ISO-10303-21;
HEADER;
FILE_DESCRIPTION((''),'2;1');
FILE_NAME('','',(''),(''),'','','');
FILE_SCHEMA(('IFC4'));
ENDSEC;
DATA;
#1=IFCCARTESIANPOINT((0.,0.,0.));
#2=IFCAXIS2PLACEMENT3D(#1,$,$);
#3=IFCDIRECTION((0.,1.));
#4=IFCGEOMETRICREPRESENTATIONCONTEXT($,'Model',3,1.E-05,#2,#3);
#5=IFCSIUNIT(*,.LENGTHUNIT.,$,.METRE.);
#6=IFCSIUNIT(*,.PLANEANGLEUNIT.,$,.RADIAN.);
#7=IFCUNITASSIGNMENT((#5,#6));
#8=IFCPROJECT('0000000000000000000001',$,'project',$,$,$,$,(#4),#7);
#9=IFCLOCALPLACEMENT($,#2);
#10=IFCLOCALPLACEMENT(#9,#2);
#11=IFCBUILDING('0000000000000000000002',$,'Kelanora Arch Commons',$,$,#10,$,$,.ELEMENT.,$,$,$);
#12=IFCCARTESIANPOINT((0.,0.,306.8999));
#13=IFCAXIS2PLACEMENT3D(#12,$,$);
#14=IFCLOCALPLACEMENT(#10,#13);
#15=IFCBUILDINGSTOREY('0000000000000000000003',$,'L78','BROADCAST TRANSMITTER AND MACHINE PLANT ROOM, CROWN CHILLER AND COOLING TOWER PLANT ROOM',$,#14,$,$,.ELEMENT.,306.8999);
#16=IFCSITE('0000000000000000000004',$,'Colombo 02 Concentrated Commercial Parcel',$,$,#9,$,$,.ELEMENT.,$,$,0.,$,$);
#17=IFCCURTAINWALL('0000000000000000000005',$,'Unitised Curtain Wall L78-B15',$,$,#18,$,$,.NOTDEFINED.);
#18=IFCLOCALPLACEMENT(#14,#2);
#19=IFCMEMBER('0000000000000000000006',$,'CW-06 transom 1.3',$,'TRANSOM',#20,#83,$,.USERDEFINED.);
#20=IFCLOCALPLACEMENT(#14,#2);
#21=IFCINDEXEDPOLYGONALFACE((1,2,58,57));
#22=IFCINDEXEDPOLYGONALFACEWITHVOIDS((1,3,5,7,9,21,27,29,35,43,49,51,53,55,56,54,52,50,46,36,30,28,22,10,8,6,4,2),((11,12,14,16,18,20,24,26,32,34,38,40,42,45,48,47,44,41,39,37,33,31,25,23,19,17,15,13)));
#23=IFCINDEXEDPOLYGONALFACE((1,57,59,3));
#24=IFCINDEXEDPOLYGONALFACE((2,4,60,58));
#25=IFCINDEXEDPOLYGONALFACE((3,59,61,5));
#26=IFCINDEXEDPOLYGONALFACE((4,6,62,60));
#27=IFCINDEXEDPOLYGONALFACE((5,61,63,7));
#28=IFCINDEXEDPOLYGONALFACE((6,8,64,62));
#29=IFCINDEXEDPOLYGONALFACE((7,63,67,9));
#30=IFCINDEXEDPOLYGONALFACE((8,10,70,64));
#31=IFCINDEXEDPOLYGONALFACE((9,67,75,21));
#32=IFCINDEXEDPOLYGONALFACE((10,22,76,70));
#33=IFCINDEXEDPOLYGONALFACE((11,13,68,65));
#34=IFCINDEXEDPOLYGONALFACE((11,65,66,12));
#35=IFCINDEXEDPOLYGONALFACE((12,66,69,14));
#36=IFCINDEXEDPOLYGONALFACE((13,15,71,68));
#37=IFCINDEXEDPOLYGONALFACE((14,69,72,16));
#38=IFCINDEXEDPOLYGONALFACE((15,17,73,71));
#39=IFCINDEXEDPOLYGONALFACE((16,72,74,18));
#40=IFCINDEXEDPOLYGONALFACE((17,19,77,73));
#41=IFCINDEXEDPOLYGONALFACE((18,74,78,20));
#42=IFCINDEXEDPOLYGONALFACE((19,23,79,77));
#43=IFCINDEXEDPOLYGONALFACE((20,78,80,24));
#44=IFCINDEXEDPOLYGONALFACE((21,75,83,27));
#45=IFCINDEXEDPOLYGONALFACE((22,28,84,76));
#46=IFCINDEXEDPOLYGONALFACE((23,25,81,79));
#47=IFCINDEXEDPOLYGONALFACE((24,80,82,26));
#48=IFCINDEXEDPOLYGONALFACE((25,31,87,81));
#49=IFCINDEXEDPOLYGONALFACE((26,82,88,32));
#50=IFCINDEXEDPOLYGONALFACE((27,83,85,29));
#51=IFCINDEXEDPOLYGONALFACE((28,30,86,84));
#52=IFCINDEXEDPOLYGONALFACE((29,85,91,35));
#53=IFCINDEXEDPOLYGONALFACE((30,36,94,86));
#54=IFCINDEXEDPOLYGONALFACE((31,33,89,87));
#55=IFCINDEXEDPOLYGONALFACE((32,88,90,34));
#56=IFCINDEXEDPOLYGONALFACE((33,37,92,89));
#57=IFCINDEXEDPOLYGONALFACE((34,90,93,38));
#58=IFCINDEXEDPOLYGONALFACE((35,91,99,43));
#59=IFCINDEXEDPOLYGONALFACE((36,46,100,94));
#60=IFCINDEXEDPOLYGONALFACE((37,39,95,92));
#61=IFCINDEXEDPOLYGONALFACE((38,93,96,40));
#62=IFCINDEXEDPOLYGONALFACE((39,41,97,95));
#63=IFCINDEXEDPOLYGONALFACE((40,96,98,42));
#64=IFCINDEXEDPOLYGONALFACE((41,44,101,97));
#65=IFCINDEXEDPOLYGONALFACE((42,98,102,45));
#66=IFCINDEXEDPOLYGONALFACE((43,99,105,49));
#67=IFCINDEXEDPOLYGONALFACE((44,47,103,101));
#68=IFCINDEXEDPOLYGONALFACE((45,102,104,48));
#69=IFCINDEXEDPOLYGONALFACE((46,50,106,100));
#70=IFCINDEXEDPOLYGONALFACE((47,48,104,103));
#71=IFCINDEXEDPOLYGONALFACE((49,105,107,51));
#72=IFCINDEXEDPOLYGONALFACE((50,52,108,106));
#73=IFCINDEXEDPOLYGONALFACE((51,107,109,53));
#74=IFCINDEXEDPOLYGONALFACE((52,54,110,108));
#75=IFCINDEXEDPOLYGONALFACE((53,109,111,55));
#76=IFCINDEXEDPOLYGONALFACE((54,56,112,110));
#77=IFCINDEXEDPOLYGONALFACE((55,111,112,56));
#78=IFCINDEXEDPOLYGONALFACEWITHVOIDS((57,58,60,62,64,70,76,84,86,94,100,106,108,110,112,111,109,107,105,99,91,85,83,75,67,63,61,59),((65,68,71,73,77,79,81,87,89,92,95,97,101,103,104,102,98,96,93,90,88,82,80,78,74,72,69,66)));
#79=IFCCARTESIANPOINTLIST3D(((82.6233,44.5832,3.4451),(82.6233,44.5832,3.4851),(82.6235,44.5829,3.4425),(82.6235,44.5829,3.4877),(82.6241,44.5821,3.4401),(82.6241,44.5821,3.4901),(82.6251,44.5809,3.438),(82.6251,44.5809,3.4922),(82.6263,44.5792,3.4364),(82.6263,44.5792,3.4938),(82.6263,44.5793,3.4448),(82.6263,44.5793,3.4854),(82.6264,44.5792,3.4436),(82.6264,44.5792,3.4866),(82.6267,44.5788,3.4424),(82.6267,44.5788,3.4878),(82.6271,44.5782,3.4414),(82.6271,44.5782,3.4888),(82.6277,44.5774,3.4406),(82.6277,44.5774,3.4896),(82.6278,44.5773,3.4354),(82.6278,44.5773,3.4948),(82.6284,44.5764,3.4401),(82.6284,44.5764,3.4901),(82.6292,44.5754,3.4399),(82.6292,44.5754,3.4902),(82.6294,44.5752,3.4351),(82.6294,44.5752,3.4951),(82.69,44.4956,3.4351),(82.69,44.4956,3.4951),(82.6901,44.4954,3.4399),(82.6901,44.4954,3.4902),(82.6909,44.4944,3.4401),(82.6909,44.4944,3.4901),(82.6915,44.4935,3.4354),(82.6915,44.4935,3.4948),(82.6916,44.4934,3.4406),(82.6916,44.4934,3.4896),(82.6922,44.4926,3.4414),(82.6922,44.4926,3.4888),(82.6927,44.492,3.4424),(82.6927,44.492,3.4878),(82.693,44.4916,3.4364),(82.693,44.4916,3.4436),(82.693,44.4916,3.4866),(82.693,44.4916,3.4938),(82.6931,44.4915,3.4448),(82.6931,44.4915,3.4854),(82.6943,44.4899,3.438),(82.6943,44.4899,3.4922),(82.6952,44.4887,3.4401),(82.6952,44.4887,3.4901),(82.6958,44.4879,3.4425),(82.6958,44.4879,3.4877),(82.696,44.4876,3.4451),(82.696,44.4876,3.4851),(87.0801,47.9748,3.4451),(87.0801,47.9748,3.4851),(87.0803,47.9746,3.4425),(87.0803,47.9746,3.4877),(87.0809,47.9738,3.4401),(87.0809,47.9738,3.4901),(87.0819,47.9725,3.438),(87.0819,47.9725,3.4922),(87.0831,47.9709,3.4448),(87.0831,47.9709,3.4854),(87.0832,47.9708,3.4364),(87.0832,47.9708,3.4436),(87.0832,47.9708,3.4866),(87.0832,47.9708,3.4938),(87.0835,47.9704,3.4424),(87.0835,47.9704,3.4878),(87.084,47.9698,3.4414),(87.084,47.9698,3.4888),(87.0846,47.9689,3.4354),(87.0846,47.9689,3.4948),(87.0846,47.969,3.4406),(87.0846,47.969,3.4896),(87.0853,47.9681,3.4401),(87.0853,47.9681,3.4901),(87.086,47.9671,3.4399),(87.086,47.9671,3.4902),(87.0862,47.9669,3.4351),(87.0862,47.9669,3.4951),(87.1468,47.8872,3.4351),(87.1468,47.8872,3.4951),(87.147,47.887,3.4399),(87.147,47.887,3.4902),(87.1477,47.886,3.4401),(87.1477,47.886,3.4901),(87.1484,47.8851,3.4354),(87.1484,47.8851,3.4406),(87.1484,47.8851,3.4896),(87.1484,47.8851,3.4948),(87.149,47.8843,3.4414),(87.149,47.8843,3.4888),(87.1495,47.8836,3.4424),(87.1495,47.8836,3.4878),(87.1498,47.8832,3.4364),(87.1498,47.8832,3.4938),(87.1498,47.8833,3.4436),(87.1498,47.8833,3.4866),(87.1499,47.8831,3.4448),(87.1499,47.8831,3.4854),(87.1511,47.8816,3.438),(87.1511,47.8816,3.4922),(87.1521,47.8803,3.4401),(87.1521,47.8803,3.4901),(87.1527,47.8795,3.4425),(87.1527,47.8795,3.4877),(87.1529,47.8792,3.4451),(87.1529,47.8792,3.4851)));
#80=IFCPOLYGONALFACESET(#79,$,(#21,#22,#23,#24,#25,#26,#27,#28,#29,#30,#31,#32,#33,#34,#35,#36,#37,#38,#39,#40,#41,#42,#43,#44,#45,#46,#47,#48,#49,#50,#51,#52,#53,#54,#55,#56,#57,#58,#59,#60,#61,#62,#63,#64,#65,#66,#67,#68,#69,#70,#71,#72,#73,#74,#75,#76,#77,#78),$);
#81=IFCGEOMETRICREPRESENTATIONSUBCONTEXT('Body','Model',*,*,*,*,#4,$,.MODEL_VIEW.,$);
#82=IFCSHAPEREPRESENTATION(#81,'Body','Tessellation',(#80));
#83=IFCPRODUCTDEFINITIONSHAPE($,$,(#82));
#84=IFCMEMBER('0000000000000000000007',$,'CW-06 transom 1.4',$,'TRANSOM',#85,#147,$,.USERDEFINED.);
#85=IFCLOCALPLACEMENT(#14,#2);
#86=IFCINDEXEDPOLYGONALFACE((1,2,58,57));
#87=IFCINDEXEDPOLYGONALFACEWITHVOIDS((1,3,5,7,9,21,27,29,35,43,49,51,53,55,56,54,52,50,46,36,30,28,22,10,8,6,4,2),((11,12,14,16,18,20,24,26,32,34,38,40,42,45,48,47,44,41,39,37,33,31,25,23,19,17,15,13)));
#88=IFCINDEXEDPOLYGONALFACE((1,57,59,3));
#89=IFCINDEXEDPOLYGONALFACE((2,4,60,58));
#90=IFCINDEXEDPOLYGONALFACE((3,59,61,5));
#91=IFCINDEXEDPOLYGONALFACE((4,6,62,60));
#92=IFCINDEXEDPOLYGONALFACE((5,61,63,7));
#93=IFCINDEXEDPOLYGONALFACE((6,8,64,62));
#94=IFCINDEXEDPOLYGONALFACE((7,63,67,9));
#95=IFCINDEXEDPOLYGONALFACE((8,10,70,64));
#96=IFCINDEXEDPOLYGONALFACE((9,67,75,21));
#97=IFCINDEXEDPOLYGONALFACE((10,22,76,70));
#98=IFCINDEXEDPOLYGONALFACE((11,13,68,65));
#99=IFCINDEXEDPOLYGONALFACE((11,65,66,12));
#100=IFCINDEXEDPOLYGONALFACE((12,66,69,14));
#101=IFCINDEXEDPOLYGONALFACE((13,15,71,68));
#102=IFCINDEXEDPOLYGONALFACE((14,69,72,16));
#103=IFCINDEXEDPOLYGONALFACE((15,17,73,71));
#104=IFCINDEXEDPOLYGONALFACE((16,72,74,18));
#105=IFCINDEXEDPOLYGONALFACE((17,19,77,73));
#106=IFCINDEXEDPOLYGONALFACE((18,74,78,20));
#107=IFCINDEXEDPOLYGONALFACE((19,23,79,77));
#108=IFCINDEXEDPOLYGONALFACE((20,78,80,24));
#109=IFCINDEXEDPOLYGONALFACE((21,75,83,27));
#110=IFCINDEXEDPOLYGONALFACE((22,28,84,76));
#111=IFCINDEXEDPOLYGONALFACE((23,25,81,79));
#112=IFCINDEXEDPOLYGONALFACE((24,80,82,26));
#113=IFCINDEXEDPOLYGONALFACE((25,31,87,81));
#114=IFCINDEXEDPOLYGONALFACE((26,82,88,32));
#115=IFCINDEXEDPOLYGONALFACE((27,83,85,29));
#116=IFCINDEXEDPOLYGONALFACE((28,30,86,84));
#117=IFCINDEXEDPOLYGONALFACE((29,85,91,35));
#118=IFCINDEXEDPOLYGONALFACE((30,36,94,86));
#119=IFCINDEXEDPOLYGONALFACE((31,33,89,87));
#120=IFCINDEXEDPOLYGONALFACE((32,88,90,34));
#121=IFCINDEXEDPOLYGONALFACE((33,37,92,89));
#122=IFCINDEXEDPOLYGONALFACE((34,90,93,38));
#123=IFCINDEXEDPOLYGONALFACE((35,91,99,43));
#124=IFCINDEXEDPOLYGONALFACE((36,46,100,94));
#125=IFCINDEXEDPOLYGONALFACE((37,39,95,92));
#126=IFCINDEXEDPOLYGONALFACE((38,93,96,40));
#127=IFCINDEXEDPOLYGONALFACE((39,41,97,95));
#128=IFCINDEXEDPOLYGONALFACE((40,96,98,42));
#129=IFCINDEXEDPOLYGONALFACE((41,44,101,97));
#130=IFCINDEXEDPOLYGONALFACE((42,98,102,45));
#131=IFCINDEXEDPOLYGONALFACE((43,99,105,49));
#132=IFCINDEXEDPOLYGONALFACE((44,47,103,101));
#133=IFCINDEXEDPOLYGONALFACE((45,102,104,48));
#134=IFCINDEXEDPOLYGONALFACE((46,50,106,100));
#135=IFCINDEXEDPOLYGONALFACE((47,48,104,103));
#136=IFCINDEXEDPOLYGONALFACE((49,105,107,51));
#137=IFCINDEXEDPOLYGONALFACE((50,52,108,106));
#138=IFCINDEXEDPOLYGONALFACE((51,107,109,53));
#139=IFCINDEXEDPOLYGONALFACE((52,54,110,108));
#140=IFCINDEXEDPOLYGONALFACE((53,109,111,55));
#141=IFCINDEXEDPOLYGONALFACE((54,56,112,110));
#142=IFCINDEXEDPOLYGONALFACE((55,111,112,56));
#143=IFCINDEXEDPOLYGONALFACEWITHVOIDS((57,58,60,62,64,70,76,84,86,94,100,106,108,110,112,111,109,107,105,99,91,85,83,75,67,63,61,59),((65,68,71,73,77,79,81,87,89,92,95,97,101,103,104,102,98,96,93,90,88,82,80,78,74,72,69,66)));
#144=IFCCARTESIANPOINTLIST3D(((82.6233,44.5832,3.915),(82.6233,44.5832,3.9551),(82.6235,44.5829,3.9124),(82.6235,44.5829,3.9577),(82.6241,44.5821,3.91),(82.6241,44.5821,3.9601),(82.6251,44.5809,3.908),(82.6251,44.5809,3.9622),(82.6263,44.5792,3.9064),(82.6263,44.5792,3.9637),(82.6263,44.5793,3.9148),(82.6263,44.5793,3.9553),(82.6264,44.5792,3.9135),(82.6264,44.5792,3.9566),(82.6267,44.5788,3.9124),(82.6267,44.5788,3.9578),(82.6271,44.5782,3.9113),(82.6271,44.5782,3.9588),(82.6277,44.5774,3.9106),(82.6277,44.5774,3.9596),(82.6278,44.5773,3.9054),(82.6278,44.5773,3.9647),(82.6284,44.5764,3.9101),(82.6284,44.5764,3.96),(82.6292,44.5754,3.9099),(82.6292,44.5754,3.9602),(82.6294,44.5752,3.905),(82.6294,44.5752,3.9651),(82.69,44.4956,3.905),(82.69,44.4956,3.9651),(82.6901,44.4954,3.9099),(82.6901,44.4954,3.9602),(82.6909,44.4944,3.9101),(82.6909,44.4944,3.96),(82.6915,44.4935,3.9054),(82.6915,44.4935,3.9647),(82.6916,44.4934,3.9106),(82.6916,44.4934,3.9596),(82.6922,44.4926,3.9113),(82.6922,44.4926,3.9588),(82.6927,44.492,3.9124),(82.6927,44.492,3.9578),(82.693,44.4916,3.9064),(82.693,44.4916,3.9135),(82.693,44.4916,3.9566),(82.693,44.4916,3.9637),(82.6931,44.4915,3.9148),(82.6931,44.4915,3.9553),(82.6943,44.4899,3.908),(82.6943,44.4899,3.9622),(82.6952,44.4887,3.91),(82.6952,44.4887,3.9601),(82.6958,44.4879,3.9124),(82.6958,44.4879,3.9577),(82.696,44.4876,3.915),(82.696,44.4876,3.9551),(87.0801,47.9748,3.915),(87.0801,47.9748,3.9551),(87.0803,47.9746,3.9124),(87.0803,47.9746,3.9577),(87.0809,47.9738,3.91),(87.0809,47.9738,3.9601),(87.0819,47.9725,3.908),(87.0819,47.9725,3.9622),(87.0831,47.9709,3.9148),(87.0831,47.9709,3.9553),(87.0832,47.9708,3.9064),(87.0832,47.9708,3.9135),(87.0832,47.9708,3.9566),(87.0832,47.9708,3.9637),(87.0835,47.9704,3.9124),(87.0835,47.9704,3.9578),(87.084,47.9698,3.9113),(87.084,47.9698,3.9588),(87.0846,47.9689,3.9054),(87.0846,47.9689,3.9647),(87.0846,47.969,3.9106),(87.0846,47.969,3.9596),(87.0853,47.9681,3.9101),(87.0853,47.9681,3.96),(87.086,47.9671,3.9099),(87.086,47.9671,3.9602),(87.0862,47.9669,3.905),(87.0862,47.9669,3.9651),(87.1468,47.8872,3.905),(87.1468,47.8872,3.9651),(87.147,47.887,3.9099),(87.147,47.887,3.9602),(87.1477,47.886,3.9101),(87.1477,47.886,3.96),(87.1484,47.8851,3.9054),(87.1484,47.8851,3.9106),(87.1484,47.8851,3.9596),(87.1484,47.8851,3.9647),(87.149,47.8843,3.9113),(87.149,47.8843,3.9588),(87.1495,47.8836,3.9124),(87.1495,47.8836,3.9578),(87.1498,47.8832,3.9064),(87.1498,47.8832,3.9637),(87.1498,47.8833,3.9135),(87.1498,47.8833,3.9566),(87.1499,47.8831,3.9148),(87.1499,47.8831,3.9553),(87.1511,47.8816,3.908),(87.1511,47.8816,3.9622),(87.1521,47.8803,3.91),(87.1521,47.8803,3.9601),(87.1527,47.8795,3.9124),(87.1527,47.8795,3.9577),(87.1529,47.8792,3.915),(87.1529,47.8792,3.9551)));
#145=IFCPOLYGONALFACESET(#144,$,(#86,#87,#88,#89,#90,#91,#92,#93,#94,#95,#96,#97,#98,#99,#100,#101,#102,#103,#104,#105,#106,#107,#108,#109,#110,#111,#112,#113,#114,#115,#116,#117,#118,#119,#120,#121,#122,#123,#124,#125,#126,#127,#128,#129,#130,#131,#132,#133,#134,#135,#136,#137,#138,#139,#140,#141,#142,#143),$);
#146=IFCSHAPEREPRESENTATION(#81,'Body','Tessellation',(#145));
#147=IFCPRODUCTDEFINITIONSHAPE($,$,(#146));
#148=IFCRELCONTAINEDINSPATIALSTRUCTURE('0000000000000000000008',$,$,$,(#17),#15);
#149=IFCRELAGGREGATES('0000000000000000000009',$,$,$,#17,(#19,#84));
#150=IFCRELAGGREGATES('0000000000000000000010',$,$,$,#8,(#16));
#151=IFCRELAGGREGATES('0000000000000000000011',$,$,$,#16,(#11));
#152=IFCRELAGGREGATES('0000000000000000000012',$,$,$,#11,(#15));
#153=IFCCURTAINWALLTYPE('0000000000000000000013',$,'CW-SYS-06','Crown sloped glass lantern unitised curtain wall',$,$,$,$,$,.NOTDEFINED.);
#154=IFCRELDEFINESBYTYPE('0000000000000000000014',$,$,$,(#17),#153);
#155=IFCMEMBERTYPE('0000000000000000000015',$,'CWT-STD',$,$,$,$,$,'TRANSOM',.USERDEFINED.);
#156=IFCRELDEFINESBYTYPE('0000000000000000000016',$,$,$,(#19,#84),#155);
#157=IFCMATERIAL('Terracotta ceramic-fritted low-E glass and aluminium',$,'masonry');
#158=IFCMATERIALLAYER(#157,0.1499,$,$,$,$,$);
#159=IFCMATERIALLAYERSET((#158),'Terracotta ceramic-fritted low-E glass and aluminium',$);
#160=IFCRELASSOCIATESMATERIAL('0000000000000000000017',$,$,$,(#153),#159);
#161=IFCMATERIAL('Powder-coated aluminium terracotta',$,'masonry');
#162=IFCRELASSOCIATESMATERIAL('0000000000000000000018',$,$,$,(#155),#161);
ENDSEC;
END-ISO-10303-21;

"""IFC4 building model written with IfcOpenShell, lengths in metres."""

from ifc_helpers import new_model, si_unit, direction, frame, origin, origin_2d, place, context, subcontext, project, spatial, hollow_rectangle, extrude, material, layer, layer_set, material_profile, profile_set, type_object, element, aggregate, save


model = new_model("IFC4")

# Units and contexts
model_context = context("Model", 3, precision=1e-05, world=origin(), true_north=direction((0.0, 1.0)))
body_context = subcontext(model_context, "Body", "Model", "MODEL_VIEW")
ifc_project = project(units=[si_unit("LENGTHUNIT", "METRE"), si_unit("PLANEANGLEUNIT", "RADIAN")], contexts=[model_context])

# Site, building, storey
site_placement = place(None, origin())
site = spatial("IfcSite", under=ifc_project, at=site_placement, Name="Colombo 02 Concentrated Commercial Parcel", CompositionType="ELEMENT", RefElevation=0.0)
building_placement = place(site_placement, origin())
building = spatial("IfcBuilding", under=site, at=building_placement, Name="Kelanora Arch Commons", CompositionType="ELEMENT")
storey_placement = place(building_placement, frame((0.0, 0.0, 306.8999)))
storey = spatial("IfcBuildingStorey", under=building, at=storey_placement, Name="L78", Description="BROADCAST TRANSMITTER AND MACHINE PLANT ROOM, CROWN CHILLER AND COOLING TOWER PLANT ROOM", CompositionType="ELEMENT", Elevation=306.8999)

# Shared definitions
ifc_material_1 = material(Name="Terracotta ceramic-fritted low-E glass and aluminium", Category="masonry")
ifc_layer_1 = layer(ifc_material_1, 0.1499)
ifc_layer_set_1 = layer_set([ifc_layer_1], Name="Terracotta ceramic-fritted low-E glass and aluminium")
curtain_wall_type = type_object("IfcCurtainWallType", Name="CW-SYS-06", Description="Crown sloped glass lantern unitised curtain wall", PredefinedType="NOTDEFINED", material=ifc_layer_set_1)
ifc_material_2 = material(Name="Powder-coated aluminium terracotta", Category="masonry")

# Curtain wall
curtain_wall_1_placement = place(storey_placement, origin())
curtain_wall_1 = element("IfcCurtainWall", 1, at=curtain_wall_1_placement, inside=storey, type_object=curtain_wall_type, Name="Unitised Curtain Wall L78-B15", PredefinedType="NOTDEFINED")

# Members
ifc_material_profile_1 = material_profile(ifc_material_2, hollow_rectangle(XDim=0.1201, YDim=0.0601, WallThickness=0.0049, InnerFilletRadius=0.0049, OuterFilletRadius=0.01, at=origin_2d()), Name="CWT120x60")
ifc_profile_set_1 = profile_set([ifc_material_profile_1], Name="Powder-coated aluminium terracotta")
member_type_1 = type_object("IfcMemberType", Name="CWT-STD", ElementType="TRANSOM", PredefinedType="USERDEFINED", material=ifc_profile_set_1)
member_1_placement = place(storey_placement, frame((82.6597, 44.5354, 3.4651), z_axis=(0.79578, 0.605586, 0.0), x_axis=(-0.605586, 0.79578, 0.0)))
member_1 = element("IfcMember", 2, at=member_1_placement, type_object=member_type_1, Name="CW-06 transom 1.3", ObjectType="TRANSOM", PredefinedType="USERDEFINED", context=body_context, shape_type="SweptSolid", body=[
    extrude(hollow_rectangle(XDim=0.1201, YDim=0.0601, WallThickness=0.0049, InnerFilletRadius=0.0049, OuterFilletRadius=0.01, at=origin_2d()), origin(), (0.0, 0.0, 1.0), 5.6006),
])
member_2_placement = place(storey_placement, frame((82.6597, 44.5354, 3.9351), z_axis=(0.79578, 0.605586, 0.0), x_axis=(-0.605586, 0.79578, 0.0)))
member_2 = element("IfcMember", 3, at=member_2_placement, type_object=member_type_1, Name="CW-06 transom 1.4", ObjectType="TRANSOM", PredefinedType="USERDEFINED", context=body_context, shape_type="SweptSolid", body=[
    extrude(hollow_rectangle(XDim=0.1201, YDim=0.0601, WallThickness=0.0049, InnerFilletRadius=0.0049, OuterFilletRadius=0.01, at=origin_2d()), origin(), (0.0, 0.0, 1.0), 5.6006),
])

aggregate(curtain_wall_1, [member_1, member_2])

save(model, "model.ifc")
